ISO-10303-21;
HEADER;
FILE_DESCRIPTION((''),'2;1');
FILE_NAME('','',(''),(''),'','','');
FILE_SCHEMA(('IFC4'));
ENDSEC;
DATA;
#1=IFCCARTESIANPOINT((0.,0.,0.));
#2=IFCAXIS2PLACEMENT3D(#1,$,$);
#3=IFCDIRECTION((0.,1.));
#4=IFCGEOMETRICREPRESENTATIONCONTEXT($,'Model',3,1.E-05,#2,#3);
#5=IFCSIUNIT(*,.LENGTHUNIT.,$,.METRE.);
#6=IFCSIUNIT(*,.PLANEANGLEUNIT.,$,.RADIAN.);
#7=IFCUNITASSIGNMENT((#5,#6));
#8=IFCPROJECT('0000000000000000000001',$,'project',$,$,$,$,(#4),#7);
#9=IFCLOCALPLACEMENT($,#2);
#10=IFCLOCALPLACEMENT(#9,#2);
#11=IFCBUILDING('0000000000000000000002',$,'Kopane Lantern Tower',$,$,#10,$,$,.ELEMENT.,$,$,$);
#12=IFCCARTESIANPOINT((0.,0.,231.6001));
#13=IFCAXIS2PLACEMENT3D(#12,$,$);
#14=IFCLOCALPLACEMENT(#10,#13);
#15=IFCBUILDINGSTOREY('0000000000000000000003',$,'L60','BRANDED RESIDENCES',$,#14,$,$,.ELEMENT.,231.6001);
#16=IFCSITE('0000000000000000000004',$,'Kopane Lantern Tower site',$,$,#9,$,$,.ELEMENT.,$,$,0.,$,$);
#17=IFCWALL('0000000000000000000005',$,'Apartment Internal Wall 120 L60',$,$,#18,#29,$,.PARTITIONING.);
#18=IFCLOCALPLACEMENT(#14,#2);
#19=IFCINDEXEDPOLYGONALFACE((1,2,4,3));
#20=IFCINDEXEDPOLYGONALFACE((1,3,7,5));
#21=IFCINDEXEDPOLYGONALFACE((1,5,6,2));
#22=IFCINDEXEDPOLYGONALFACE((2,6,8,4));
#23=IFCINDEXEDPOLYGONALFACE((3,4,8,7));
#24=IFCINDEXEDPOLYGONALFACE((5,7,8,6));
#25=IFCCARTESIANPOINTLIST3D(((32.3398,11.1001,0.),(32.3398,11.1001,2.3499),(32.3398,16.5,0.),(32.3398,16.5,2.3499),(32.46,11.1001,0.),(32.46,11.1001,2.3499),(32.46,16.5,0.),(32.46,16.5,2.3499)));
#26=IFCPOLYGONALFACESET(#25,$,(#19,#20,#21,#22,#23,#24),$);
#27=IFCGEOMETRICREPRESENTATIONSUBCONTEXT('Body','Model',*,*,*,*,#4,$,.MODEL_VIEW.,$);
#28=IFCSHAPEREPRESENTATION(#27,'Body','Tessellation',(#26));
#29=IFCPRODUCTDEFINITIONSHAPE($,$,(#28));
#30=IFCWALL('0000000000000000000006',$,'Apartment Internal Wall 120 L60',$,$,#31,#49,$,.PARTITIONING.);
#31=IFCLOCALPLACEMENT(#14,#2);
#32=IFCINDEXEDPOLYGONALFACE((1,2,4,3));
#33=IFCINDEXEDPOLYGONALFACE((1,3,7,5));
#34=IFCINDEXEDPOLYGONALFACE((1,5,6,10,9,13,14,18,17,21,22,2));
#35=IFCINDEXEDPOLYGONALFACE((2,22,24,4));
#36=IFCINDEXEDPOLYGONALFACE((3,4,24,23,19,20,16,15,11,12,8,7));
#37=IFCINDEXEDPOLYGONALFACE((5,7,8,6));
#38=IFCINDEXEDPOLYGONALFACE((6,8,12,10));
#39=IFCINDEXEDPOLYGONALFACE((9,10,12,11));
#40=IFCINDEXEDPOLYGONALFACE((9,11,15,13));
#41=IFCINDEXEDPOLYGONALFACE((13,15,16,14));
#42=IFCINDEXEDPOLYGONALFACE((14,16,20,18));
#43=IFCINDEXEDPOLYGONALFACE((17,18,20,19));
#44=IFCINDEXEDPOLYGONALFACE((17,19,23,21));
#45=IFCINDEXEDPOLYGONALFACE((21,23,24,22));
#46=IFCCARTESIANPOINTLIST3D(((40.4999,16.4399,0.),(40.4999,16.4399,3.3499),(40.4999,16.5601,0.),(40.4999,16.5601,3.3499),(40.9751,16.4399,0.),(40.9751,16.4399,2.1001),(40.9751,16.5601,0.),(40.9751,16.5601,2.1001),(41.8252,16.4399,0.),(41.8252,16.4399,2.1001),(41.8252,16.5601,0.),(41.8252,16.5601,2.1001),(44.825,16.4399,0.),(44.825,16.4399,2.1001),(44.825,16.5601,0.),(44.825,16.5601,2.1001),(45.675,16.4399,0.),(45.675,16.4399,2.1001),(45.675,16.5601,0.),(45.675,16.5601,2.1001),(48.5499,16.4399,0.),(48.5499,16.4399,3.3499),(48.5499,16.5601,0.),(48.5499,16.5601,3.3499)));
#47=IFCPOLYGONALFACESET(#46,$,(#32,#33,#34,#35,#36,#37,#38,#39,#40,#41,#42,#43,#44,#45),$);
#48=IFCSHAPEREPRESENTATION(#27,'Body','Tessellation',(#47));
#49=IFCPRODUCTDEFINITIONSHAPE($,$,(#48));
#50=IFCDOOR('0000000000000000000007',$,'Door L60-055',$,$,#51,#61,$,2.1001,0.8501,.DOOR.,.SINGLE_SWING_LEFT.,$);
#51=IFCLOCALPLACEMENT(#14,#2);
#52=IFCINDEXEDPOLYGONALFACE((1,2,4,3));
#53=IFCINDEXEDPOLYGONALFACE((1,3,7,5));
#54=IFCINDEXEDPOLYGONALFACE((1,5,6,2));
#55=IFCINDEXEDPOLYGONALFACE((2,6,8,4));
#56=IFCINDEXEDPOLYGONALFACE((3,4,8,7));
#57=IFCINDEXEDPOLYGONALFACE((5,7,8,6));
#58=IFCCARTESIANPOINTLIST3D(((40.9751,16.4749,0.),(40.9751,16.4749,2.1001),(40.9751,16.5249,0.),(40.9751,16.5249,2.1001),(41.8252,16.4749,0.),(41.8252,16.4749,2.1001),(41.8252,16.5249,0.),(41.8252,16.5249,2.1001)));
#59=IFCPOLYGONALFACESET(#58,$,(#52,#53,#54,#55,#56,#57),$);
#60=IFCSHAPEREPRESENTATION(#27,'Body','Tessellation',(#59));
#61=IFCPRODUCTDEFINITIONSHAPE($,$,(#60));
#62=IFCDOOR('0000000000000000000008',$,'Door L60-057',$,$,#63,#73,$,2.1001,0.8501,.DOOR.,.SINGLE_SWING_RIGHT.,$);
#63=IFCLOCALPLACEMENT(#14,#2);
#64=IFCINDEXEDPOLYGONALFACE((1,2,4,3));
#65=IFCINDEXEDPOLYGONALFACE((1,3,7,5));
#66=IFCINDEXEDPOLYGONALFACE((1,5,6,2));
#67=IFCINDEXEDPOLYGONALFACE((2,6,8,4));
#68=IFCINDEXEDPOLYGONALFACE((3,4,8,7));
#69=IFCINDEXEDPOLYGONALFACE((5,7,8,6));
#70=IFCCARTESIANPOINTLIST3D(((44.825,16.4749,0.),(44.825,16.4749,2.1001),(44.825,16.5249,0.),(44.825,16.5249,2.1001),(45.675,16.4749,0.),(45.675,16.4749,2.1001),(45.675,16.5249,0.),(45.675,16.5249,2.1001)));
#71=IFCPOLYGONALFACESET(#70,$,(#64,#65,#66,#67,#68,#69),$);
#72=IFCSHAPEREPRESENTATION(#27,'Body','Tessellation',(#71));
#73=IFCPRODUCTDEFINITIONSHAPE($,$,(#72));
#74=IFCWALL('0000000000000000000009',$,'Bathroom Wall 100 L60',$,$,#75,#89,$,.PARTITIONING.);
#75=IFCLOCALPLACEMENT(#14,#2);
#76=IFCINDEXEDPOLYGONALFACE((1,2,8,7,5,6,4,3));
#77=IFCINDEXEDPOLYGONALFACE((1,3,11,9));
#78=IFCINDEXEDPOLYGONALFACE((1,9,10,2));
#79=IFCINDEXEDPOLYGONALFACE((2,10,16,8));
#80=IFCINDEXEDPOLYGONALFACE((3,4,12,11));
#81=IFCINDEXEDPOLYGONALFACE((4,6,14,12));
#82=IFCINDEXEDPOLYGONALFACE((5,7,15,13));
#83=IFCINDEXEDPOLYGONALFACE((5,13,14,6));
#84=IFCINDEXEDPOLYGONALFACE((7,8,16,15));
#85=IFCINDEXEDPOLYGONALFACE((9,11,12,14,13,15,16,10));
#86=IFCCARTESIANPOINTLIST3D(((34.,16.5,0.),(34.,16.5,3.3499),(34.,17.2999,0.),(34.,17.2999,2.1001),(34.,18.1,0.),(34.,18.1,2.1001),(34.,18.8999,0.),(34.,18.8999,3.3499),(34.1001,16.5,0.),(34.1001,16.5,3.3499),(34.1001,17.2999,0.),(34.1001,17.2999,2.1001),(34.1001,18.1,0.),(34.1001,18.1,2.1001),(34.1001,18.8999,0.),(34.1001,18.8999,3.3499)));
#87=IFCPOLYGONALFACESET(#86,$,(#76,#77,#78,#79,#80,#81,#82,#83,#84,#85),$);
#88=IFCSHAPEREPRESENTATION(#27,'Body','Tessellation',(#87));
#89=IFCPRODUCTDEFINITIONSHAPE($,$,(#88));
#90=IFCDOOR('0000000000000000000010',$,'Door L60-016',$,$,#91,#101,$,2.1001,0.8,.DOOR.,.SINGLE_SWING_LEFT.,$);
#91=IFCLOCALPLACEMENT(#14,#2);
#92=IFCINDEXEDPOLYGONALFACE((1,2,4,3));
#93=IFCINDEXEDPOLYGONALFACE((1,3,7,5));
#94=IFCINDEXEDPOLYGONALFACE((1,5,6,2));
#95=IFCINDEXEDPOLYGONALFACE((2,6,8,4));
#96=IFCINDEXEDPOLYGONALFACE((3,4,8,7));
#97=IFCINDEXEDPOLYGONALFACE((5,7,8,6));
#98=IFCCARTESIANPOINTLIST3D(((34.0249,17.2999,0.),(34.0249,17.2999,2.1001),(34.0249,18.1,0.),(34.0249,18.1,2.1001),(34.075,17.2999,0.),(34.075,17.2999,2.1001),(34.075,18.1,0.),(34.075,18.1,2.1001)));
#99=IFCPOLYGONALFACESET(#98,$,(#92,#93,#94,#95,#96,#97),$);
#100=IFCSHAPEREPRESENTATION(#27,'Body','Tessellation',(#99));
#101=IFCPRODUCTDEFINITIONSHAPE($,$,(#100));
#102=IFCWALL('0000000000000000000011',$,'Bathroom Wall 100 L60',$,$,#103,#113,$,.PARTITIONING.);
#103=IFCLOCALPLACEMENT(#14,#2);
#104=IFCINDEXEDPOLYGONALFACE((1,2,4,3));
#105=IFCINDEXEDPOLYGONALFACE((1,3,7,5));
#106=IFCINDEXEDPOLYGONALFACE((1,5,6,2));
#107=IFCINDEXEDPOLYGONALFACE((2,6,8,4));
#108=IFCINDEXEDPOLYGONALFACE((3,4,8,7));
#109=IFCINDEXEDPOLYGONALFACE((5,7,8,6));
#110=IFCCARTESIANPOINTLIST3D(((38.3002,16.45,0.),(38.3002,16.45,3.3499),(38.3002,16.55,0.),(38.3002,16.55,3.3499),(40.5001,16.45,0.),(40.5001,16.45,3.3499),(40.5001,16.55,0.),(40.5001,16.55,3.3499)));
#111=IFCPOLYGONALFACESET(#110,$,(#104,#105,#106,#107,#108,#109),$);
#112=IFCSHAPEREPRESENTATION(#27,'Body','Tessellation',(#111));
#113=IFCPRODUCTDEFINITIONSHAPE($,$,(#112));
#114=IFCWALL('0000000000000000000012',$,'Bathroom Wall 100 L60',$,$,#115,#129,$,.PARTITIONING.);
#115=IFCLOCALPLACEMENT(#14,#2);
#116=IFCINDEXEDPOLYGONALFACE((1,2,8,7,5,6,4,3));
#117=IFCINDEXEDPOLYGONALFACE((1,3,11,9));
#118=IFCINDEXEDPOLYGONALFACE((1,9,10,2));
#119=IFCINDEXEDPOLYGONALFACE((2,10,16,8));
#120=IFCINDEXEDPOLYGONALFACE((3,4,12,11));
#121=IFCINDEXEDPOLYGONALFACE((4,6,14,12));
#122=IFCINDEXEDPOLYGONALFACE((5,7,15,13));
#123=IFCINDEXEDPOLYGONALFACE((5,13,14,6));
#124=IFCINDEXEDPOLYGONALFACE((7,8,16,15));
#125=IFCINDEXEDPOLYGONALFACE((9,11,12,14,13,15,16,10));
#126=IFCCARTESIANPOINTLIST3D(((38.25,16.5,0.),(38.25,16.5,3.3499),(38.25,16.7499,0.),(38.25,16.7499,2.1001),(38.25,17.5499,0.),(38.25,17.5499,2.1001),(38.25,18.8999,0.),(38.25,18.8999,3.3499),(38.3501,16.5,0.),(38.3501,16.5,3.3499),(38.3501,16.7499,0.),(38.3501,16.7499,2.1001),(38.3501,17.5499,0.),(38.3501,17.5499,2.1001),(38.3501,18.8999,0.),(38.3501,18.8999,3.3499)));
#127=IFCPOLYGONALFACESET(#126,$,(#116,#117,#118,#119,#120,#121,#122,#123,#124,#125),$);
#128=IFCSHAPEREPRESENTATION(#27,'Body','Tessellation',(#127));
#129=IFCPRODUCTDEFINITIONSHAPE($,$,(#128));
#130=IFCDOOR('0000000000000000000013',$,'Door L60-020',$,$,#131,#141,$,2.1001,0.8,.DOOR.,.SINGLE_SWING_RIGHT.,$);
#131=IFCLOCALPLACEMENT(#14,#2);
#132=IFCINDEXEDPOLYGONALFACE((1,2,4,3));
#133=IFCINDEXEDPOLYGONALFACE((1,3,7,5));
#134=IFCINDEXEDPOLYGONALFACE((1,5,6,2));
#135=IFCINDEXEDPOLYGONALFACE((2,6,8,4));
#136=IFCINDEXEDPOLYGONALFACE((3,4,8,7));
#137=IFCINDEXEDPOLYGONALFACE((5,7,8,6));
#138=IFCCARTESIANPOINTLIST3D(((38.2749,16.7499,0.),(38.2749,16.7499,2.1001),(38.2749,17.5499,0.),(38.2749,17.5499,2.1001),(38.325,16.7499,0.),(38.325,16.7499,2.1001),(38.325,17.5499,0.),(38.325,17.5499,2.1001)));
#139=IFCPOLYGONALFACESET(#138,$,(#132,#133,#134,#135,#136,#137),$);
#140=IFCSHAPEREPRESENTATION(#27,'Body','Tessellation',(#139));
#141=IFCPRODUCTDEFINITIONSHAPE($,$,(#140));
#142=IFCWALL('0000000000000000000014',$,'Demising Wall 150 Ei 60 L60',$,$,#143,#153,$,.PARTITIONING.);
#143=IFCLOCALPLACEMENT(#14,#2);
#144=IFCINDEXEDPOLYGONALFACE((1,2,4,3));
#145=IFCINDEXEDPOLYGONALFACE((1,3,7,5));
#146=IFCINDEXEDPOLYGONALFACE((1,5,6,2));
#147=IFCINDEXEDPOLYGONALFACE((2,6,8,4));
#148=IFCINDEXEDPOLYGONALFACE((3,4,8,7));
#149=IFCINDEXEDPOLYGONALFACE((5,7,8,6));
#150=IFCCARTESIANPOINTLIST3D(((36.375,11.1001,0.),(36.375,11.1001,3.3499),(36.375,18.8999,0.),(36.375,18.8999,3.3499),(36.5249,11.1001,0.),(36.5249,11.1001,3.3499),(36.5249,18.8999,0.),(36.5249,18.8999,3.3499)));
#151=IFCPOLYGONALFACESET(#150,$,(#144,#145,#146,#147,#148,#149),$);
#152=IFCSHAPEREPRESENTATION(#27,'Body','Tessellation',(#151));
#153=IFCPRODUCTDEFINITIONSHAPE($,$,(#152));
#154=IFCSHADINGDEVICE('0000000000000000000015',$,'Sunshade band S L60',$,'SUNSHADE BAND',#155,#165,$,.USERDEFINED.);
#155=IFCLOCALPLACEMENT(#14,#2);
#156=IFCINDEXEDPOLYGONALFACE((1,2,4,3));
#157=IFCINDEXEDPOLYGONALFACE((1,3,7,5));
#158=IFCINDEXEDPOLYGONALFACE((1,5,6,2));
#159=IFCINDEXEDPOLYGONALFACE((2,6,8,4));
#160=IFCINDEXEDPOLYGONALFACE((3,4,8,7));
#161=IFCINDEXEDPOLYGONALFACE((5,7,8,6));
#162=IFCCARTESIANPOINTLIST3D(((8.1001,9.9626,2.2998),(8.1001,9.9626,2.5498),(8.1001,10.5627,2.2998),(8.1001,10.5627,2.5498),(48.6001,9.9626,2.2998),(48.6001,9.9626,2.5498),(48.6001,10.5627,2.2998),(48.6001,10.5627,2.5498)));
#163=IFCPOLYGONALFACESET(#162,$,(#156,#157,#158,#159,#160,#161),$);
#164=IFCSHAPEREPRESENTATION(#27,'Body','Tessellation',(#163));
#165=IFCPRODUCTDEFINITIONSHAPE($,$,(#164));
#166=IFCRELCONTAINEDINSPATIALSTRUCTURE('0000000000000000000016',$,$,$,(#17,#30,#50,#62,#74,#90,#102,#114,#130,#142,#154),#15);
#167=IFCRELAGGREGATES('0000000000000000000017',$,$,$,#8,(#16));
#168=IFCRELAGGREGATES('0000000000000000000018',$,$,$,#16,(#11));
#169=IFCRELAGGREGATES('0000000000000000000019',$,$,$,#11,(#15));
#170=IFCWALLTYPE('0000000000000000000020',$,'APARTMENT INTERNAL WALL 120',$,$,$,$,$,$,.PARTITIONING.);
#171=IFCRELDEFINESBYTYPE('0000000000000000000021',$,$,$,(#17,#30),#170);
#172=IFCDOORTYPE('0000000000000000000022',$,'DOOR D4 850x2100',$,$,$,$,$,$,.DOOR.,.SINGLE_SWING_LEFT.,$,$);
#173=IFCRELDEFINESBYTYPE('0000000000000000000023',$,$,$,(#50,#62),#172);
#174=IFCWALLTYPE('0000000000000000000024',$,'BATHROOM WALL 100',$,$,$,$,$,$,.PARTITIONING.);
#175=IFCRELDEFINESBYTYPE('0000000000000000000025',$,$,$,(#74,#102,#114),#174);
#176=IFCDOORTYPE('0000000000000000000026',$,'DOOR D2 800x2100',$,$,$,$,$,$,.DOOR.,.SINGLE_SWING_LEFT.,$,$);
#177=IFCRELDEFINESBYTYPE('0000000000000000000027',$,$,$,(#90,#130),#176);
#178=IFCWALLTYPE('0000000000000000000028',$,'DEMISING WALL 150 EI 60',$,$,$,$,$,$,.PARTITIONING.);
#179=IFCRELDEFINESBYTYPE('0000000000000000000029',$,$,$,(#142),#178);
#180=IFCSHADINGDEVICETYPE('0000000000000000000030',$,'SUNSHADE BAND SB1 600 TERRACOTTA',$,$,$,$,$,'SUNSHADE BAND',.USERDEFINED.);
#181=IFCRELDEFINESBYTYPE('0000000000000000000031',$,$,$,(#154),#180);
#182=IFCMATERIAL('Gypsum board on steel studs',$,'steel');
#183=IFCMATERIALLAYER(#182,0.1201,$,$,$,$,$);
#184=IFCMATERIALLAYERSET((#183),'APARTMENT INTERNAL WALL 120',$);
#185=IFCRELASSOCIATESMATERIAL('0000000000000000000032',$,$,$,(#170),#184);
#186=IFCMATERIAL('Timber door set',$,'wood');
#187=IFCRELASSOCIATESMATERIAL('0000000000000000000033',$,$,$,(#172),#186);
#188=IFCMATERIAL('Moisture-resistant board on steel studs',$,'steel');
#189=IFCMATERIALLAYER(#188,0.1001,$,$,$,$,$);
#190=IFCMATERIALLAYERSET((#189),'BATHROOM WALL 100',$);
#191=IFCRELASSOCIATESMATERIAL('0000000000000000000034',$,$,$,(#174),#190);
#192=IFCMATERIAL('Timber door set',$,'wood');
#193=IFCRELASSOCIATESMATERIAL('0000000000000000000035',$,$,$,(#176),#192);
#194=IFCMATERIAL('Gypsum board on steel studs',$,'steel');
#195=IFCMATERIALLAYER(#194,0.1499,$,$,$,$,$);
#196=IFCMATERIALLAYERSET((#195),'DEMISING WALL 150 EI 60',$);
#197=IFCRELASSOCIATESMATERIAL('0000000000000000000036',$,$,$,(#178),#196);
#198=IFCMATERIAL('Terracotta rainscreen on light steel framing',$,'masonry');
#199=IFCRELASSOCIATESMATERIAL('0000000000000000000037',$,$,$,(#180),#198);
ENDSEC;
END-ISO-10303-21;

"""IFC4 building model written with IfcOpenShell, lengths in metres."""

from ifc_helpers import new_model, si_unit, direction, frame, frame_2d, origin, origin_2d, place, context, subcontext, project, spatial, rectangle, extrude, material, layer, layer_set, type_object, element, fill, save


model = new_model("IFC4")

# Units and contexts
model_context = context("Model", 3, precision=1e-05, world=origin(), true_north=direction((0.0, 1.0)))
body_context = subcontext(model_context, "Body", "Model", "MODEL_VIEW")
ifc_project = project(units=[si_unit("LENGTHUNIT", "METRE"), si_unit("PLANEANGLEUNIT", "RADIAN")], contexts=[model_context])

# Site, building, storey
site_placement = place(None, origin())
site = spatial("IfcSite", under=ifc_project, at=site_placement, Name="Kopane Lantern Tower site", CompositionType="ELEMENT", RefElevation=0.0)
building_placement = place(site_placement, origin())
building = spatial("IfcBuilding", under=site, at=building_placement, Name="Kopane Lantern Tower", CompositionType="ELEMENT")
storey_placement = place(building_placement, frame((0.0, 0.0, 231.6001)))
storey = spatial("IfcBuildingStorey", under=building, at=storey_placement, Name="L60", Description="BRANDED RESIDENCES", CompositionType="ELEMENT", Elevation=231.6001)

# Wall
ifc_material_1 = material(Name="Gypsum board on steel studs", Category="steel")
ifc_layer_1 = layer(ifc_material_1, 0.1201)
ifc_layer_set_1 = layer_set([ifc_layer_1], Name="APARTMENT INTERNAL WALL 120")
wall_type_1 = type_object("IfcWallType", Name="APARTMENT INTERNAL WALL 120", PredefinedType="PARTITIONING", material=ifc_layer_set_1)
wall_1_placement = place(storey_placement, frame((32.3999, 16.5, 0.0), z_axis=(0.0, 0.0, 1.0), x_axis=(0.0, -1.0, 0.0)))
element("IfcWall", 1, at=wall_1_placement, inside=storey, type_object=wall_type_1, Name="Apartment Internal Wall 120 L60", PredefinedType="PARTITIONING", context=body_context, shape_type="SweptSolid", body=[
    extrude(rectangle(XDim=5.3999, YDim=0.1201, at=frame_2d((2.7, 0.0))), origin(), (0.0, 0.0, 1.0), 2.3499),
])

# Wall, openings, doors
wall_2_placement = place(storey_placement, frame((40.5, 16.5, 0.0), z_axis=(0.0, 0.0, 1.0), x_axis=(1.0, 0.0, 0.0)))
wall_2 = element("IfcWall", 2, at=wall_2_placement, inside=storey, type_object=wall_type_1, Name="Apartment Internal Wall 120 L60", PredefinedType="PARTITIONING", context=body_context, shape_type="SweptSolid", body=[
    extrude(rectangle(XDim=8.05, YDim=0.1201, at=frame_2d((4.0249, 0.0))), origin(), (0.0, 0.0, 1.0), 3.3499),
])
opening_1_placement = place(wall_2_placement, frame((0.4751, 0.0, 0.0)))
opening_1 = element("IfcOpeningElement", 3, at=opening_1_placement, cuts=wall_2, PredefinedType="OPENING", context=body_context, shape_type="SweptSolid", body=[
    extrude(rectangle(XDim=0.8501, YDim=2.1001, at=frame_2d((0.425, 1.05))), frame((0.0, 0.0701, 0.0), z_axis=(0.0, -1.0, 0.0), x_axis=(1.0, 0.0, 0.0)), (0.0, 0.0, 1.0), 0.1401),
])
opening_2_placement = place(wall_2_placement, frame((4.325, 0.0, 0.0)))
opening_2 = element("IfcOpeningElement", 4, at=opening_2_placement, cuts=wall_2, PredefinedType="OPENING", context=body_context, shape_type="SweptSolid", body=[
    extrude(rectangle(XDim=0.8501, YDim=2.1001, at=frame_2d((0.425, 1.05))), frame((0.0, 0.0701, 0.0), z_axis=(0.0, -1.0, 0.0), x_axis=(1.0, 0.0, 0.0)), (0.0, 0.0, 1.0), 0.1401),
])
ifc_material_2 = material(Name="Timber door set", Category="wood")
door_type_1 = type_object("IfcDoorType", Name="DOOR D4 850x2100", OperationType="SINGLE_SWING_LEFT", PredefinedType="DOOR", material=ifc_material_2)
door_1_placement = place(opening_1_placement, origin())
door_1 = element("IfcDoor", 5, at=door_1_placement, inside=storey, type_object=door_type_1, Name="Door L60-055", OperationType="SINGLE_SWING_LEFT", OverallHeight=2.1001, OverallWidth=0.8501, PredefinedType="DOOR", context=body_context, shape_type="SweptSolid", body=[
    extrude(rectangle(XDim=0.8501, YDim=2.1001, at=frame_2d((0.425, 1.05))), frame((0.0, 0.0249, 0.0), z_axis=(0.0, -1.0, 0.0), x_axis=(1.0, 0.0, 0.0)), (0.0, 0.0, 1.0), 0.05),
])
fill(opening_1, door_1)
door_2_placement = place(opening_2_placement, origin())
door_2 = element("IfcDoor", 6, at=door_2_placement, inside=storey, type_object=door_type_1, Name="Door L60-057", OperationType="SINGLE_SWING_RIGHT", OverallHeight=2.1001, OverallWidth=0.8501, PredefinedType="DOOR", context=body_context, shape_type="SweptSolid", body=[
    extrude(rectangle(XDim=0.8501, YDim=2.1001, at=frame_2d((0.425, 1.05))), frame((0.0, 0.0249, 0.0), z_axis=(0.0, -1.0, 0.0), x_axis=(1.0, 0.0, 0.0)), (0.0, 0.0, 1.0), 0.05),
])
fill(opening_2, door_2)

# Wall, opening, door
ifc_material_3 = material(Name="Moisture-resistant board on steel studs", Category="steel")
ifc_layer_2 = layer(ifc_material_3, 0.1001)
ifc_layer_set_2 = layer_set([ifc_layer_2], Name="BATHROOM WALL 100")
wall_type_2 = type_object("IfcWallType", Name="BATHROOM WALL 100", PredefinedType="PARTITIONING", material=ifc_layer_set_2)
wall_3_placement = place(storey_placement, frame((34.05, 18.8999, 0.0), z_axis=(0.0, 0.0, 1.0), x_axis=(0.0, -1.0, 0.0)))
wall_3 = element("IfcWall", 7, at=wall_3_placement, inside=storey, type_object=wall_type_2, Name="Bathroom Wall 100 L60", PredefinedType="PARTITIONING", context=body_context, shape_type="SweptSolid", body=[
    extrude(rectangle(XDim=2.3999, YDim=0.1001, at=frame_2d((1.2, 0.0))), origin(), (0.0, 0.0, 1.0), 3.3499),
])
opening_3_placement = place(wall_3_placement, frame((0.8, 0.0, 0.0)))
opening_3 = element("IfcOpeningElement", 8, at=opening_3_placement, cuts=wall_3, PredefinedType="OPENING", context=body_context, shape_type="SweptSolid", body=[
    extrude(rectangle(XDim=0.8, YDim=2.1001, at=frame_2d((0.3999, 1.05))), frame((0.0, 0.0601, 0.0), z_axis=(0.0, -1.0, 0.0), x_axis=(1.0, 0.0, 0.0)), (0.0, 0.0, 1.0), 0.1201),
])
ifc_material_4 = material(Name="Timber door set", Category="wood")
door_type_2 = type_object("IfcDoorType", Name="DOOR D2 800x2100", OperationType="SINGLE_SWING_LEFT", PredefinedType="DOOR", material=ifc_material_4)
door_3_placement = place(opening_3_placement, origin())
door_3 = element("IfcDoor", 9, at=door_3_placement, inside=storey, type_object=door_type_2, Name="Door L60-016", OperationType="SINGLE_SWING_LEFT", OverallHeight=2.1001, OverallWidth=0.8, PredefinedType="DOOR", context=body_context, shape_type="SweptSolid", body=[
    extrude(rectangle(XDim=0.8, YDim=2.1001, at=frame_2d((0.3999, 1.05))), frame((0.0, 0.0249, 0.0), z_axis=(0.0, -1.0, 0.0), x_axis=(1.0, 0.0, 0.0)), (0.0, 0.0, 1.0), 0.05),
])
fill(opening_3, door_3)

# Wall
wall_4_placement = place(storey_placement, frame((38.3, 16.5, 0.0), z_axis=(0.0, 0.0, 1.0), x_axis=(1.0, 0.0, 0.0)))
element("IfcWall", 10, at=wall_4_placement, inside=storey, type_object=wall_type_2, Name="Bathroom Wall 100 L60", PredefinedType="PARTITIONING", context=body_context, shape_type="SweptSolid", body=[
    extrude(rectangle(XDim=2.2, YDim=0.1001, at=frame_2d((1.1001, 0.0))), origin(), (0.0, 0.0, 1.0), 3.3499),
])

# Wall, opening, door
wall_5_placement = place(storey_placement, frame((38.3, 18.8999, 0.0), z_axis=(0.0, 0.0, 1.0), x_axis=(0.0, -1.0, 0.0)))
wall_5 = element("IfcWall", 11, at=wall_5_placement, inside=storey, type_object=wall_type_2, Name="Bathroom Wall 100 L60", PredefinedType="PARTITIONING", context=body_context, shape_type="SweptSolid", body=[
    extrude(rectangle(XDim=2.3999, YDim=0.1001, at=frame_2d((1.2, 0.0))), origin(), (0.0, 0.0, 1.0), 3.3499),
])
opening_4_placement = place(wall_5_placement, frame((1.3501, 0.0, 0.0)))
opening_4 = element("IfcOpeningElement", 12, at=opening_4_placement, cuts=wall_5, PredefinedType="OPENING", context=body_context, shape_type="SweptSolid", body=[
    extrude(rectangle(XDim=0.8, YDim=2.1001, at=frame_2d((0.3999, 1.05))), frame((0.0, 0.0601, 0.0), z_axis=(0.0, -1.0, 0.0), x_axis=(1.0, 0.0, 0.0)), (0.0, 0.0, 1.0), 0.1201),
])
door_4_placement = place(opening_4_placement, origin())
door_4 = element("IfcDoor", 13, at=door_4_placement, inside=storey, type_object=door_type_2, Name="Door L60-020", OperationType="SINGLE_SWING_RIGHT", OverallHeight=2.1001, OverallWidth=0.8, PredefinedType="DOOR", context=body_context, shape_type="SweptSolid", body=[
    extrude(rectangle(XDim=0.8, YDim=2.1001, at=frame_2d((0.3999, 1.05))), frame((0.0, 0.0249, 0.0), z_axis=(0.0, -1.0, 0.0), x_axis=(1.0, 0.0, 0.0)), (0.0, 0.0, 1.0), 0.05),
])
fill(opening_4, door_4)

# Wall
ifc_material_5 = material(Name="Gypsum board on steel studs", Category="steel")
ifc_layer_3 = layer(ifc_material_5, 0.1499)
ifc_layer_set_3 = layer_set([ifc_layer_3], Name="DEMISING WALL 150 EI 60")
wall_type_3 = type_object("IfcWallType", Name="DEMISING WALL 150 EI 60", PredefinedType="PARTITIONING", material=ifc_layer_set_3)
wall_6_placement = place(storey_placement, frame((36.45, 18.8999, 0.0), z_axis=(0.0, 0.0, 1.0), x_axis=(0.0, -1.0, 0.0)))
element("IfcWall", 14, at=wall_6_placement, inside=storey, type_object=wall_type_3, Name="Demising Wall 150 Ei 60 L60", PredefinedType="PARTITIONING", context=body_context, shape_type="SweptSolid", body=[
    extrude(rectangle(XDim=7.7998, YDim=0.1499, at=frame_2d((3.8999, 0.0))), origin(), (0.0, 0.0, 1.0), 3.3499),
])

# Shading device
ifc_material_6 = material(Name="Terracotta rainscreen on light steel framing", Category="masonry")
shading_device_type = type_object("IfcShadingDeviceType", Name="SUNSHADE BAND SB1 600 TERRACOTTA", ElementType="SUNSHADE BAND", PredefinedType="USERDEFINED", material=ifc_material_6)
shading_device_placement = place(storey_placement, frame((28.3501, 10.2627, 2.2998), z_axis=(0.0, 0.0, 1.0), x_axis=(1.0, 0.0, 0.0)))
element("IfcShadingDevice", 15, at=shading_device_placement, inside=storey, type_object=shading_device_type, Name="Sunshade band S L60", ObjectType="SUNSHADE BAND", PredefinedType="USERDEFINED", context=body_context, shape_type="SweptSolid", body=[
    extrude(rectangle(XDim=40.5, YDim=0.6001, at=origin_2d()), origin(), (0.0, 0.0, 1.0), 0.25),
])

save(model, "model.ifc")
